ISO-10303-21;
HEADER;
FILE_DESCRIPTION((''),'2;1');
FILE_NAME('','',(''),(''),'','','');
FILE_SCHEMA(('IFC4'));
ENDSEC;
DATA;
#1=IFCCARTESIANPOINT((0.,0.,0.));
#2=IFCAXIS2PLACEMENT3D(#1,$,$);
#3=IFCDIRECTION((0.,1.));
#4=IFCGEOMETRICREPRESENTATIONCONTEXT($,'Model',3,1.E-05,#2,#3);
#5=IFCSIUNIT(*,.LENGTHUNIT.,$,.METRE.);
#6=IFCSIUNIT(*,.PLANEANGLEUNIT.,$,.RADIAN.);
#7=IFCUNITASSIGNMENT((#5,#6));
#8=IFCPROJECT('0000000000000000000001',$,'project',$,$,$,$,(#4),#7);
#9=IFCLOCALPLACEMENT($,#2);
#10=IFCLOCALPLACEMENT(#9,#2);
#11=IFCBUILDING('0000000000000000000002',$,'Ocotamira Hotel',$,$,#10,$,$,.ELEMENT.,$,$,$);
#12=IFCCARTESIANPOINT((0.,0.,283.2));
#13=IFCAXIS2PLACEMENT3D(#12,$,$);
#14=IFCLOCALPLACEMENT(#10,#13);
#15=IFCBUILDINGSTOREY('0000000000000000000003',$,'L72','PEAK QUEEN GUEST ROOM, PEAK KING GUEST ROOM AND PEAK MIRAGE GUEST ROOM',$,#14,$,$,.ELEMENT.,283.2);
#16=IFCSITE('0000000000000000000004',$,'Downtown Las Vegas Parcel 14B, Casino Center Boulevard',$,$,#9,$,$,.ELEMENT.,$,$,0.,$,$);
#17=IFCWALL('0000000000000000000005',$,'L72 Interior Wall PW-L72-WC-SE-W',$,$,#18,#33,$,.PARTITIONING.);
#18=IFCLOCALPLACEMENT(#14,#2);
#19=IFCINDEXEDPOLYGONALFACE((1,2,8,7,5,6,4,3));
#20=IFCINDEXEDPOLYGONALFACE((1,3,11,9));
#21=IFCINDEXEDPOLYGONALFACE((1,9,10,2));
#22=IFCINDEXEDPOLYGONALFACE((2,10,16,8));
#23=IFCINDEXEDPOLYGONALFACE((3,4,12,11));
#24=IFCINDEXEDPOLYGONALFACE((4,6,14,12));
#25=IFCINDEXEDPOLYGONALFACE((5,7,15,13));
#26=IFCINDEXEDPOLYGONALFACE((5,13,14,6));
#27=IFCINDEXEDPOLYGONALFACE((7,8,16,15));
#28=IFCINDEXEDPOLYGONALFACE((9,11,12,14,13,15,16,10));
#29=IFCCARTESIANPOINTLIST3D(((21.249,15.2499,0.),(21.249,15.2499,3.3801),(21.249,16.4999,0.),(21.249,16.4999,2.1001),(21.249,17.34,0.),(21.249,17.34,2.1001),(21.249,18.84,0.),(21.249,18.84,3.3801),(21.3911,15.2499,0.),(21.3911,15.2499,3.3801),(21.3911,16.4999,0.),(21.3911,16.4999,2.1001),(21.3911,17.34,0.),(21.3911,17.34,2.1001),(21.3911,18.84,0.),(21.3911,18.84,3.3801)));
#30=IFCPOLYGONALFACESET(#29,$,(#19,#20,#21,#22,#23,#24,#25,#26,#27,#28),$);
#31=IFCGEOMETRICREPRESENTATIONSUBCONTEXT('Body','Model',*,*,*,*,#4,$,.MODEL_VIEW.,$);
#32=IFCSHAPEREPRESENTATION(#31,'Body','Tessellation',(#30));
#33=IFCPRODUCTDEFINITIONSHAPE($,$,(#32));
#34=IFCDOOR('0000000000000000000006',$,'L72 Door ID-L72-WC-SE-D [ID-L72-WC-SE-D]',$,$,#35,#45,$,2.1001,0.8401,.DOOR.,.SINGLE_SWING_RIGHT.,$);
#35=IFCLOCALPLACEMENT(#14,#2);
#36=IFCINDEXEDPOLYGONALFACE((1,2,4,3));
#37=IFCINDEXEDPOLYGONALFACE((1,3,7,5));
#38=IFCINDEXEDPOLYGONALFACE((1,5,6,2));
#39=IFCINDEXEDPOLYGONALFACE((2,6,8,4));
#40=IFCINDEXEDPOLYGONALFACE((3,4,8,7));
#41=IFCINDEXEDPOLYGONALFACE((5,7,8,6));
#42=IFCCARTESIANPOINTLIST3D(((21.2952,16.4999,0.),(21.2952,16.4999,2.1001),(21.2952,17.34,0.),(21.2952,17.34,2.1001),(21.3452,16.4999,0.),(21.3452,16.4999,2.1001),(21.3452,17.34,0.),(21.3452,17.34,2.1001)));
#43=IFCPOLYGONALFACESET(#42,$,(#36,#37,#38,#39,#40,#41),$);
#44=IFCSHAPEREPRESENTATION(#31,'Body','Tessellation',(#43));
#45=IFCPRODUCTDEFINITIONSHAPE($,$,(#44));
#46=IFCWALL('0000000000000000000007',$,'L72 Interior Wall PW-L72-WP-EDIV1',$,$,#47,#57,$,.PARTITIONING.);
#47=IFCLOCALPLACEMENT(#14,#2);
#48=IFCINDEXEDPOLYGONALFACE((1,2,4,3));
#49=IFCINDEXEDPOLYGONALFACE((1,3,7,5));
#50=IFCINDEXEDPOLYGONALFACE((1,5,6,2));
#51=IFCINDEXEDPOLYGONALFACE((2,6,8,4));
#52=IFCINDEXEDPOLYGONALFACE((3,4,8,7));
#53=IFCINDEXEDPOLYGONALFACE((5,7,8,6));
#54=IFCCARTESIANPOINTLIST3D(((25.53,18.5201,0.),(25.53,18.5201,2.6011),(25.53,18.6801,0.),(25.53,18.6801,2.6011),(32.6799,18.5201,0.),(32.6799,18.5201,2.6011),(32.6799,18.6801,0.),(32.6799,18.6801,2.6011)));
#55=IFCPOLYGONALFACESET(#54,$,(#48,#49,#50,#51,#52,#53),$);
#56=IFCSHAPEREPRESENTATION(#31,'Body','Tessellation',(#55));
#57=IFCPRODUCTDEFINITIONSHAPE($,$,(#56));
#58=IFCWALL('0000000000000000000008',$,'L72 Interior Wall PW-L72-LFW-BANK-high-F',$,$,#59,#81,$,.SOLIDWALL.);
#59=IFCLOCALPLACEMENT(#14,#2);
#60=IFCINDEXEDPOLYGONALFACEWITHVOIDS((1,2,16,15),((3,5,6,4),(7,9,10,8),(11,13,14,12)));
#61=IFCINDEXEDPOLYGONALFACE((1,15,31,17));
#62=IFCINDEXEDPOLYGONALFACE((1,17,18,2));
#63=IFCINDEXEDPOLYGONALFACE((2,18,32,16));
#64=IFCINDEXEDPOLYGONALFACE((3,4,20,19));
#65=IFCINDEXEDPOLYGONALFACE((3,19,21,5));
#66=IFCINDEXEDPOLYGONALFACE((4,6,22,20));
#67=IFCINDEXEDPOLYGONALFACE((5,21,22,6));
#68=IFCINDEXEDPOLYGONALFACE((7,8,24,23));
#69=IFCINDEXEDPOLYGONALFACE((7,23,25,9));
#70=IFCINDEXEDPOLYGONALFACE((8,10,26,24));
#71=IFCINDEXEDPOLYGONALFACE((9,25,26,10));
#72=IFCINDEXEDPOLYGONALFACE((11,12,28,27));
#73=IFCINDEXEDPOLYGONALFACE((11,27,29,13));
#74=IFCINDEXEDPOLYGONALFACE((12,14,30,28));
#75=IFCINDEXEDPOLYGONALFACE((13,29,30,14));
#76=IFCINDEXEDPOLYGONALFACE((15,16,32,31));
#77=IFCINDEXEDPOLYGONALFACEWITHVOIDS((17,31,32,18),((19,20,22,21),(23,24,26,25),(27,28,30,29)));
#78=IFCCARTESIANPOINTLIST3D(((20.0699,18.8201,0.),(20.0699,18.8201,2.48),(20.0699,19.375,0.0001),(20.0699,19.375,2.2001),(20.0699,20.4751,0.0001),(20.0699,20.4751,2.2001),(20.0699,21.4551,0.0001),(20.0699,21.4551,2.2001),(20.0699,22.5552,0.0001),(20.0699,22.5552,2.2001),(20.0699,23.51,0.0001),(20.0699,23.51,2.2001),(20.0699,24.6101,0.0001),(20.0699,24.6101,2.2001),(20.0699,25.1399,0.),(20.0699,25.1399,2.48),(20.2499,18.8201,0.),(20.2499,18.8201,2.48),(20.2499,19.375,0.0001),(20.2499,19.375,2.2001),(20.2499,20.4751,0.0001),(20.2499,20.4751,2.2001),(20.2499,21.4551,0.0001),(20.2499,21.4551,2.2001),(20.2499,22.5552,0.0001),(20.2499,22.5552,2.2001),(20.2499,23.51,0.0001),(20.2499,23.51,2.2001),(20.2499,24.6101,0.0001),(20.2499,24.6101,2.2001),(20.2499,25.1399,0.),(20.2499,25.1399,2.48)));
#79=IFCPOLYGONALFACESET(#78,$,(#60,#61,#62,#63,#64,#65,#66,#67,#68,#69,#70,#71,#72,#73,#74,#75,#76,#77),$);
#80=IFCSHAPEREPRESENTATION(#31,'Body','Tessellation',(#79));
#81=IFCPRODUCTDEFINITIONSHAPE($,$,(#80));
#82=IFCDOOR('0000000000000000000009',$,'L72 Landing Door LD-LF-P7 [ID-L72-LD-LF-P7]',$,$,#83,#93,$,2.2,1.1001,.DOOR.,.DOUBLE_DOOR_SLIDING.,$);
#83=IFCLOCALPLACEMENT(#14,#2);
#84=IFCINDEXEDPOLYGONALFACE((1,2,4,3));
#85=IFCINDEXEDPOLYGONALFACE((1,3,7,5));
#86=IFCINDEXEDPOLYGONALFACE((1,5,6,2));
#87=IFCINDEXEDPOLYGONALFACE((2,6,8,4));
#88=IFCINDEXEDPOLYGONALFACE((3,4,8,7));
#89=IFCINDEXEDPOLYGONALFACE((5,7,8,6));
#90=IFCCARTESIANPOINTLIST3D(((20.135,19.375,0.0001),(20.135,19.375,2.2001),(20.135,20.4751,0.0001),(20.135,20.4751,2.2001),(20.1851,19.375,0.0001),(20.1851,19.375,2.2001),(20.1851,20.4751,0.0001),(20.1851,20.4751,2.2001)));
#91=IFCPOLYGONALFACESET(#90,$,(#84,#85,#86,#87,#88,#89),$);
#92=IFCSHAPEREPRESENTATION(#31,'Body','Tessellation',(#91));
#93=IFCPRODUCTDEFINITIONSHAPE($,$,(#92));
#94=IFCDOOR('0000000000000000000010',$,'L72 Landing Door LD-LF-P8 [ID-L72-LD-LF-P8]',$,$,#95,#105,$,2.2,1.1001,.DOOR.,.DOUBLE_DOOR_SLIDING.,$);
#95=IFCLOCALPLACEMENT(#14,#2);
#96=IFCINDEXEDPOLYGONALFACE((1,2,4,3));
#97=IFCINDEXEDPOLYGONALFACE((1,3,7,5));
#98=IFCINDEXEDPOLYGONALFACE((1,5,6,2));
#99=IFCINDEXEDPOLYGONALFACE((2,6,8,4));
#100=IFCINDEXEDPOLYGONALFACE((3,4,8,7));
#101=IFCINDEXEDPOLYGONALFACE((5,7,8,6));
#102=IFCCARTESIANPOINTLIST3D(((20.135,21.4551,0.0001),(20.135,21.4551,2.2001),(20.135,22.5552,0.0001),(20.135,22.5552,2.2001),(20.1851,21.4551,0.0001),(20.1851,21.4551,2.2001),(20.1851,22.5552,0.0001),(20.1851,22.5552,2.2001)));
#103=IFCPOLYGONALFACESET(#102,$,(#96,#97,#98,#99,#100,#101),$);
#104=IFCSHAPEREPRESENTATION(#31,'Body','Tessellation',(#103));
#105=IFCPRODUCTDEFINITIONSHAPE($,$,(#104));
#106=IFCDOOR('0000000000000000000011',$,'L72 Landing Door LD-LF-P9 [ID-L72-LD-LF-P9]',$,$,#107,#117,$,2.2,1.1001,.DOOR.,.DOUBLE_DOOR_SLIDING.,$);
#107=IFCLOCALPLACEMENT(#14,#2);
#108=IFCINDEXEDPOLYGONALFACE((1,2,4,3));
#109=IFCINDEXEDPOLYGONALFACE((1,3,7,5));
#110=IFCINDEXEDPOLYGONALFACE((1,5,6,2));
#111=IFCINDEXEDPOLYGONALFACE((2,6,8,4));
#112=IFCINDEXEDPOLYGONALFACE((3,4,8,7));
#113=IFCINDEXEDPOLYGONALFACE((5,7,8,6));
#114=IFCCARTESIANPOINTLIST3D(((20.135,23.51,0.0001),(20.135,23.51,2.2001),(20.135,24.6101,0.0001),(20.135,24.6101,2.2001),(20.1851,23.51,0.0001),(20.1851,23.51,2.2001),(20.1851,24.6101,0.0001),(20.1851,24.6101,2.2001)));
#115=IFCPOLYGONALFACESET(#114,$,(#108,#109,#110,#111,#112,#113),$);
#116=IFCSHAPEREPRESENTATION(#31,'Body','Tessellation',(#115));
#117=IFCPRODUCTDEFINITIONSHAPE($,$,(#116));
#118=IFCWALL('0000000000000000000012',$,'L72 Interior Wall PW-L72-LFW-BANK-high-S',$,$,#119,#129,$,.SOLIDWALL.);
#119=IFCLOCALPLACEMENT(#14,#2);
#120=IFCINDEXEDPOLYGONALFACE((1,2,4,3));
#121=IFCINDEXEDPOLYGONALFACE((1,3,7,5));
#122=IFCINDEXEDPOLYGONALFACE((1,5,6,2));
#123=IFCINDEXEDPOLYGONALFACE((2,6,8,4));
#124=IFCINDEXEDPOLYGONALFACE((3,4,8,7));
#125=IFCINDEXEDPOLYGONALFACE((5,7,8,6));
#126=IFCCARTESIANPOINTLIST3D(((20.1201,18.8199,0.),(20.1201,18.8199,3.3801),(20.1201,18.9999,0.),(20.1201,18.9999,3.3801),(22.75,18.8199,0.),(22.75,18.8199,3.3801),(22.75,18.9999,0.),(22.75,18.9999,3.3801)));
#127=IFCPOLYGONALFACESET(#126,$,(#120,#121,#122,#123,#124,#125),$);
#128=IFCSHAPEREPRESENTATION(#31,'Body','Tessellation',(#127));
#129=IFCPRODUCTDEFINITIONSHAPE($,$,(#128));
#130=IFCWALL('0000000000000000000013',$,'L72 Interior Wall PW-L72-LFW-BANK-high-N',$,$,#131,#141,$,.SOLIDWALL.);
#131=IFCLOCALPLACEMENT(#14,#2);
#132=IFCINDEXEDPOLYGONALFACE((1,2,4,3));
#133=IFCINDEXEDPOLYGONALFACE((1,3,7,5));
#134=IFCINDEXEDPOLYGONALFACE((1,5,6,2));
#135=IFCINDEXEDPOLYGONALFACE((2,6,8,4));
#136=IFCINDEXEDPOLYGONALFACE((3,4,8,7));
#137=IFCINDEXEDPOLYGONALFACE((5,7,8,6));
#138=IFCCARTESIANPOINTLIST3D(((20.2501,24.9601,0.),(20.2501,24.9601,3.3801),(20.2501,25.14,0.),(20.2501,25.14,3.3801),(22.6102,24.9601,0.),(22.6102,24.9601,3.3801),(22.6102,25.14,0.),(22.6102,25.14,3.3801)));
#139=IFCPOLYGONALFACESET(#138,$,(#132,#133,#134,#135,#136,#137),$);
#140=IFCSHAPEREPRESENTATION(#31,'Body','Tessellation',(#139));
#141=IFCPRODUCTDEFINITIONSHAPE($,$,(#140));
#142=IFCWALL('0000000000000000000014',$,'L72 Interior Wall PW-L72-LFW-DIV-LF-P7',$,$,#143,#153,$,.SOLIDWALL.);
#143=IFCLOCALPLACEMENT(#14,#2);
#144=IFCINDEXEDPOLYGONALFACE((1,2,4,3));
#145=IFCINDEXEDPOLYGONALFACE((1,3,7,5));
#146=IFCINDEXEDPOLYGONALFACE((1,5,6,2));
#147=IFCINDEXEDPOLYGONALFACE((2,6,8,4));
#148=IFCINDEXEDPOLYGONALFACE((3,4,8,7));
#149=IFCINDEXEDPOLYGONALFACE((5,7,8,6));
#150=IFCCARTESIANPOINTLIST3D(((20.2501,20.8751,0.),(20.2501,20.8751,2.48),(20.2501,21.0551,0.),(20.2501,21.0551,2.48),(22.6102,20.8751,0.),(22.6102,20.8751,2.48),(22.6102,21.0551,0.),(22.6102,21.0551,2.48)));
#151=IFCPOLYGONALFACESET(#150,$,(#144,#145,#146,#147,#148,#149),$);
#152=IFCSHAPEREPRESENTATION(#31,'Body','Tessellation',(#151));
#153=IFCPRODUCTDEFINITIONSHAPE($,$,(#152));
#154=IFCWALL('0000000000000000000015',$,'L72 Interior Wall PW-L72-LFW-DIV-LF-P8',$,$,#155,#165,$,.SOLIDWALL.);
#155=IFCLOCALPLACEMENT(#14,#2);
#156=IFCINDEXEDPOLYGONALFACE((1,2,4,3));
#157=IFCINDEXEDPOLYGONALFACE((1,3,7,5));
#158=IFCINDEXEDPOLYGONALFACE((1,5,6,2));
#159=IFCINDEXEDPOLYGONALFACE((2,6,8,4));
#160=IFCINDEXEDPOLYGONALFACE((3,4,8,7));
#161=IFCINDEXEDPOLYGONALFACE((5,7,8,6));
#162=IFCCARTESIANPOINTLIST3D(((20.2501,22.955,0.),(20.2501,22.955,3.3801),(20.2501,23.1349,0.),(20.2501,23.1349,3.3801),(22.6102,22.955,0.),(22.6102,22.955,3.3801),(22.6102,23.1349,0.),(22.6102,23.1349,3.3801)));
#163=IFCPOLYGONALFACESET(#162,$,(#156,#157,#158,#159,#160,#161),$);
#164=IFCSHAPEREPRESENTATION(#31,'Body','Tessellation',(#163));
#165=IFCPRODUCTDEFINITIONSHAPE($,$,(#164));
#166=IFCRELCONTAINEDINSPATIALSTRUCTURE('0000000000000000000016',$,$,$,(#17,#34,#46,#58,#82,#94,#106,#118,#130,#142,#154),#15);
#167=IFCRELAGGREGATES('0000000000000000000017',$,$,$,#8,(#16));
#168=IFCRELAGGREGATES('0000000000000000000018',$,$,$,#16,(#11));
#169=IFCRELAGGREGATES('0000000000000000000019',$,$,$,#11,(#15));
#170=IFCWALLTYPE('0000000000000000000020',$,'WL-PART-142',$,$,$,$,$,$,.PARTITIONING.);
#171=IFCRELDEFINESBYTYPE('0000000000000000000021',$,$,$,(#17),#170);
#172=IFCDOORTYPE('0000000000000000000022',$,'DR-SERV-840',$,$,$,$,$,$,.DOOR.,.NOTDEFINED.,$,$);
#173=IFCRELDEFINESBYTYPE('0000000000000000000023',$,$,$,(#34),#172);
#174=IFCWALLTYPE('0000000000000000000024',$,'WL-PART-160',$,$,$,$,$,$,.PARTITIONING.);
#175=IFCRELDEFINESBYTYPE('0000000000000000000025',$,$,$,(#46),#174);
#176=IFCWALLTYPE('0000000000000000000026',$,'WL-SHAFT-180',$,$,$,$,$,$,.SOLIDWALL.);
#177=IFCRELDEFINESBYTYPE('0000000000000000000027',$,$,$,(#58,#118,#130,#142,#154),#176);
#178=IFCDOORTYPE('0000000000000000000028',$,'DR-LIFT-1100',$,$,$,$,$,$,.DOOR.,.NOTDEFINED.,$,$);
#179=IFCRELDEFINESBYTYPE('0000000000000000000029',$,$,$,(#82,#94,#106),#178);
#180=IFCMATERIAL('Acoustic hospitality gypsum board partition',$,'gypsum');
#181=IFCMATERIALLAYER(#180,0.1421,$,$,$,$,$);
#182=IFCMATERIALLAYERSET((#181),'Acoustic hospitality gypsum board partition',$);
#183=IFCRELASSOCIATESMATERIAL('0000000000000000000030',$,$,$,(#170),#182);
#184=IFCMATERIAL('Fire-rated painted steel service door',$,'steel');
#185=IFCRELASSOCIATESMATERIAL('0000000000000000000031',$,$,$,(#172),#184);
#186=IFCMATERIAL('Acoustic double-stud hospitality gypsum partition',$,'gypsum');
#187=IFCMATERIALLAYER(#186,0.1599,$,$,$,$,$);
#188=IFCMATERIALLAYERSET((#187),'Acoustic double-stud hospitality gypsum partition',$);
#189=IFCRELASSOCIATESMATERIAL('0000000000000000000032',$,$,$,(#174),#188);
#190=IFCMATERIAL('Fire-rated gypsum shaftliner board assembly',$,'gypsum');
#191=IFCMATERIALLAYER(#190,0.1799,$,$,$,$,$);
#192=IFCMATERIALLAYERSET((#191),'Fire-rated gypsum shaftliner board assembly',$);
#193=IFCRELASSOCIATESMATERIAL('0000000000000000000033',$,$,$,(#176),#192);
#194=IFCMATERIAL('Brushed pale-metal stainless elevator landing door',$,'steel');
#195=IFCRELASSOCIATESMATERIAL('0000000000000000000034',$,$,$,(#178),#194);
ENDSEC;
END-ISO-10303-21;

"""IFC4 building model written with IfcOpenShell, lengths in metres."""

from ifc_helpers import new_model, si_unit, direction, frame, frame_2d, origin, place, context, subcontext, project, spatial, rectangle, extrude, source, transform, mapped, material, layer, layer_set, type_object, element, fill, save


model = new_model("IFC4")

# Units and contexts
model_context = context("Model", 3, precision=1e-05, world=origin(), true_north=direction((0.0, 1.0)))
body_context = subcontext(model_context, "Body", "Model", "MODEL_VIEW")
ifc_project = project(units=[si_unit("LENGTHUNIT", "METRE"), si_unit("PLANEANGLEUNIT", "RADIAN")], contexts=[model_context])

# Site, building, storey
site_placement = place(None, origin())
site = spatial("IfcSite", under=ifc_project, at=site_placement, Name="Downtown Las Vegas Parcel 14B, Casino Center Boulevard", CompositionType="ELEMENT", RefElevation=0.0)
building_placement = place(site_placement, origin())
building = spatial("IfcBuilding", under=site, at=building_placement, Name="Ocotamira Hotel", CompositionType="ELEMENT")
storey_placement = place(building_placement, frame((0.0, 0.0, 283.2)))
storey = spatial("IfcBuildingStorey", under=building, at=storey_placement, Name="L72", Description="PEAK QUEEN GUEST ROOM, PEAK KING GUEST ROOM AND PEAK MIRAGE GUEST ROOM", CompositionType="ELEMENT", Elevation=283.2)

# Wall, opening, door
ifc_material_1 = material(Name="Acoustic hospitality gypsum board partition", Category="gypsum")
ifc_layer_1 = layer(ifc_material_1, 0.1421)
ifc_layer_set_1 = layer_set([ifc_layer_1], Name="Acoustic hospitality gypsum board partition")
wall_type_1 = type_object("IfcWallType", Name="WL-PART-142", PredefinedType="PARTITIONING", material=ifc_layer_set_1)
wall_1_placement = place(storey_placement, frame((21.3201, 15.25, 0.0), z_axis=(0.0, 0.0, 1.0), x_axis=(0.0, 1.0, 0.0)))
wall_1 = element("IfcWall", 1, at=wall_1_placement, inside=storey, type_object=wall_type_1, Name="L72 Interior Wall PW-L72-WC-SE-W", PredefinedType="PARTITIONING", context=body_context, shape_type="SweptSolid", body=[
    extrude(rectangle(XDim=3.5901, YDim=0.1421, at=frame_2d((1.7949, 0.0))), origin(), (0.0, 0.0, 1.0), 3.3801),
])
opening_1_placement = place(wall_1_placement, frame((1.25, 0.0, 0.0)))
opening_1 = element("IfcOpeningElement", 2, at=opening_1_placement, cuts=wall_1, PredefinedType="OPENING", context=body_context, shape_type="SweptSolid", body=[
    extrude(rectangle(XDim=0.8401, YDim=2.1001, at=frame_2d((0.4199, 1.05))), frame((0.0, 0.0811, 0.0), z_axis=(0.0, -1.0, 0.0), x_axis=(1.0, 0.0, 0.0)), (0.0, 0.0, 1.0), 0.1621),
])
ifc_material_2 = material(Name="Fire-rated painted steel service door", Category="steel")
door_type_1 = type_object("IfcDoorType", Name="DR-SERV-840", OperationType="NOTDEFINED", PredefinedType="DOOR", material=ifc_material_2)
shared_shape_1 = source(origin(), body_context, "Body", "SweptSolid", [
    extrude(rectangle(XDim=0.8401, YDim=2.1001, at=frame_2d((0.4199, 1.05))), frame((0.0, 0.0249, 0.0), z_axis=(0.0, -1.0, 0.0), x_axis=(1.0, 0.0, 0.0)), (0.0, 0.0, 1.0), 0.05),
])
door_1_placement = place(opening_1_placement, origin())
door_1 = element("IfcDoor", 3, at=door_1_placement, inside=storey, type_object=door_type_1, Name="L72 Door ID-L72-WC-SE-D [ID-L72-WC-SE-D]", OperationType="SINGLE_SWING_RIGHT", OverallHeight=2.1001, OverallWidth=0.8401, PredefinedType="DOOR", context=body_context, shape_type="MappedRepresentation", body=[
    mapped(shared_shape_1, transform((0.0, 0.0, 0.0), scale=1.0)),
])
fill(opening_1, door_1)

# Wall
ifc_material_3 = material(Name="Acoustic double-stud hospitality gypsum partition", Category="gypsum")
ifc_layer_2 = layer(ifc_material_3, 0.1599)
ifc_layer_set_2 = layer_set([ifc_layer_2], Name="Acoustic double-stud hospitality gypsum partition")
wall_type_2 = type_object("IfcWallType", Name="WL-PART-160", PredefinedType="PARTITIONING", material=ifc_layer_set_2)
wall_2_placement = place(storey_placement, frame((25.53, 18.6001, 0.0), z_axis=(0.0, 0.0, 1.0), x_axis=(1.0, 0.0, 0.0)))
element("IfcWall", 4, at=wall_2_placement, inside=storey, type_object=wall_type_2, Name="L72 Interior Wall PW-L72-WP-EDIV1", PredefinedType="PARTITIONING", context=body_context, shape_type="SweptSolid", body=[
    extrude(rectangle(XDim=7.1499, YDim=0.1599, at=frame_2d((3.575, 0.0))), origin(), (0.0, 0.0, 1.0), 2.6011),
])

# Wall, openings, doors
ifc_material_4 = material(Name="Fire-rated gypsum shaftliner board assembly", Category="gypsum")
ifc_layer_3 = layer(ifc_material_4, 0.1799)
ifc_layer_set_3 = layer_set([ifc_layer_3], Name="Fire-rated gypsum shaftliner board assembly")
wall_type_3 = type_object("IfcWallType", Name="WL-SHAFT-180", PredefinedType="SOLIDWALL", material=ifc_layer_set_3)
wall_3_placement = place(storey_placement, frame((20.1599, 18.8201, 0.0), z_axis=(0.0, 0.0, 1.0), x_axis=(0.0, 1.0, 0.0)))
wall_3 = element("IfcWall", 5, at=wall_3_placement, inside=storey, type_object=wall_type_3, Name="L72 Interior Wall PW-L72-LFW-BANK-high-F", PredefinedType="SOLIDWALL", context=body_context, shape_type="SweptSolid", body=[
    extrude(rectangle(XDim=6.3198, YDim=0.1799, at=frame_2d((3.1599, 0.0))), origin(), (0.0, 0.0, 1.0), 2.48),
])
opening_2_placement = place(wall_3_placement, frame((0.5549, 0.0, 0.0)))
opening_2 = element("IfcOpeningElement", 6, at=opening_2_placement, cuts=wall_3, PredefinedType="OPENING", context=body_context, shape_type="SweptSolid", body=[
    extrude(rectangle(XDim=1.1001, YDim=2.2, at=frame_2d((0.55, 1.1001))), frame((0.0, 0.1001, 0.0), z_axis=(0.0, -1.0, 0.0), x_axis=(1.0, 0.0, 0.0)), (0.0, 0.0, 1.0), 0.2),
])
opening_3_placement = place(wall_3_placement, frame((2.635, 0.0, 0.0)))
opening_3 = element("IfcOpeningElement", 7, at=opening_3_placement, cuts=wall_3, PredefinedType="OPENING", context=body_context, shape_type="SweptSolid", body=[
    extrude(rectangle(XDim=1.1001, YDim=2.2, at=frame_2d((0.55, 1.1001))), frame((0.0, 0.1001, 0.0), z_axis=(0.0, -1.0, 0.0), x_axis=(1.0, 0.0, 0.0)), (0.0, 0.0, 1.0), 0.2),
])
opening_4_placement = place(wall_3_placement, frame((4.6899, 0.0, 0.0)))
opening_4 = element("IfcOpeningElement", 8, at=opening_4_placement, cuts=wall_3, PredefinedType="OPENING", context=body_context, shape_type="SweptSolid", body=[
    extrude(rectangle(XDim=1.1001, YDim=2.2, at=frame_2d((0.55, 1.1001))), frame((0.0, 0.1001, 0.0), z_axis=(0.0, -1.0, 0.0), x_axis=(1.0, 0.0, 0.0)), (0.0, 0.0, 1.0), 0.2),
])
ifc_material_5 = material(Name="Brushed pale-metal stainless elevator landing door", Category="steel")
door_type_2 = type_object("IfcDoorType", Name="DR-LIFT-1100", OperationType="NOTDEFINED", PredefinedType="DOOR", material=ifc_material_5)
shared_shape_2 = source(origin(), body_context, "Body", "SweptSolid", [
    extrude(rectangle(XDim=1.1001, YDim=2.2, at=frame_2d((0.55, 1.1001))), frame((0.0, 0.0249, 0.0), z_axis=(0.0, -1.0, 0.0), x_axis=(1.0, 0.0, 0.0)), (0.0, 0.0, 1.0), 0.05),
])
door_2_placement = place(opening_2_placement, origin())
door_2 = element("IfcDoor", 9, at=door_2_placement, inside=storey, type_object=door_type_2, Name="L72 Landing Door LD-LF-P7 [ID-L72-LD-LF-P7]", OperationType="DOUBLE_DOOR_SLIDING", OverallHeight=2.2, OverallWidth=1.1001, PredefinedType="DOOR", context=body_context, shape_type="MappedRepresentation", body=[
    mapped(shared_shape_2, transform((0.0, 0.0, 0.0), scale=1.0)),
])
fill(opening_2, door_2)
door_3_placement = place(opening_3_placement, origin())
door_3 = element("IfcDoor", 10, at=door_3_placement, inside=storey, type_object=door_type_2, Name="L72 Landing Door LD-LF-P8 [ID-L72-LD-LF-P8]", OperationType="DOUBLE_DOOR_SLIDING", OverallHeight=2.2, OverallWidth=1.1001, PredefinedType="DOOR", context=body_context, shape_type="MappedRepresentation", body=[
    mapped(shared_shape_2, transform((0.0, 0.0, 0.0), scale=1.0)),
])
fill(opening_3, door_3)
door_4_placement = place(opening_4_placement, origin())
door_4 = element("IfcDoor", 11, at=door_4_placement, inside=storey, type_object=door_type_2, Name="L72 Landing Door LD-LF-P9 [ID-L72-LD-LF-P9]", OperationType="DOUBLE_DOOR_SLIDING", OverallHeight=2.2, OverallWidth=1.1001, PredefinedType="DOOR", context=body_context, shape_type="MappedRepresentation", body=[
    mapped(shared_shape_2, transform((0.0, 0.0, 0.0), scale=1.0)),
])
fill(opening_4, door_4)

# Walls
wall_4_placement = place(storey_placement, frame((20.1201, 18.9099, 0.0), z_axis=(0.0, 0.0, 1.0), x_axis=(1.0, 0.0, 0.0)))
element("IfcWall", 12, at=wall_4_placement, inside=storey, type_object=wall_type_3, Name="L72 Interior Wall PW-L72-LFW-BANK-high-S", PredefinedType="SOLIDWALL", context=body_context, shape_type="SweptSolid", body=[
    extrude(rectangle(XDim=2.6299, YDim=0.1799, at=frame_2d((1.3149, 0.0))), origin(), (0.0, 0.0, 1.0), 3.3801),
])
wall_5_placement = place(storey_placement, frame((20.25, 25.05, 0.0), z_axis=(0.0, 0.0, 1.0), x_axis=(1.0, 0.0, 0.0)))
element("IfcWall", 13, at=wall_5_placement, inside=storey, type_object=wall_type_3, Name="L72 Interior Wall PW-L72-LFW-BANK-high-N", PredefinedType="SOLIDWALL", context=body_context, shape_type="SweptSolid", body=[
    extrude(rectangle(XDim=2.3601, YDim=0.1799, at=frame_2d((1.1802, 0.0))), origin(), (0.0, 0.0, 1.0), 3.3801),
])
wall_6_placement = place(storey_placement, frame((20.25, 20.9651, 0.0), z_axis=(0.0, 0.0, 1.0), x_axis=(1.0, 0.0, 0.0)))
element("IfcWall", 14, at=wall_6_placement, inside=storey, type_object=wall_type_3, Name="L72 Interior Wall PW-L72-LFW-DIV-LF-P7", PredefinedType="SOLIDWALL", context=body_context, shape_type="SweptSolid", body=[
    extrude(rectangle(XDim=2.3601, YDim=0.1799, at=frame_2d((1.1802, 0.0))), origin(), (0.0, 0.0, 1.0), 2.48),
])
wall_7_placement = place(storey_placement, frame((20.25, 23.0449, 0.0), z_axis=(0.0, 0.0, 1.0), x_axis=(1.0, 0.0, 0.0)))
element("IfcWall", 15, at=wall_7_placement, inside=storey, type_object=wall_type_3, Name="L72 Interior Wall PW-L72-LFW-DIV-LF-P8", PredefinedType="SOLIDWALL", context=body_context, shape_type="SweptSolid", body=[
    extrude(rectangle(XDim=2.3601, YDim=0.1799, at=frame_2d((1.1802, 0.0))), origin(), (0.0, 0.0, 1.0), 3.3801),
])

save(model, "model.ifc")
